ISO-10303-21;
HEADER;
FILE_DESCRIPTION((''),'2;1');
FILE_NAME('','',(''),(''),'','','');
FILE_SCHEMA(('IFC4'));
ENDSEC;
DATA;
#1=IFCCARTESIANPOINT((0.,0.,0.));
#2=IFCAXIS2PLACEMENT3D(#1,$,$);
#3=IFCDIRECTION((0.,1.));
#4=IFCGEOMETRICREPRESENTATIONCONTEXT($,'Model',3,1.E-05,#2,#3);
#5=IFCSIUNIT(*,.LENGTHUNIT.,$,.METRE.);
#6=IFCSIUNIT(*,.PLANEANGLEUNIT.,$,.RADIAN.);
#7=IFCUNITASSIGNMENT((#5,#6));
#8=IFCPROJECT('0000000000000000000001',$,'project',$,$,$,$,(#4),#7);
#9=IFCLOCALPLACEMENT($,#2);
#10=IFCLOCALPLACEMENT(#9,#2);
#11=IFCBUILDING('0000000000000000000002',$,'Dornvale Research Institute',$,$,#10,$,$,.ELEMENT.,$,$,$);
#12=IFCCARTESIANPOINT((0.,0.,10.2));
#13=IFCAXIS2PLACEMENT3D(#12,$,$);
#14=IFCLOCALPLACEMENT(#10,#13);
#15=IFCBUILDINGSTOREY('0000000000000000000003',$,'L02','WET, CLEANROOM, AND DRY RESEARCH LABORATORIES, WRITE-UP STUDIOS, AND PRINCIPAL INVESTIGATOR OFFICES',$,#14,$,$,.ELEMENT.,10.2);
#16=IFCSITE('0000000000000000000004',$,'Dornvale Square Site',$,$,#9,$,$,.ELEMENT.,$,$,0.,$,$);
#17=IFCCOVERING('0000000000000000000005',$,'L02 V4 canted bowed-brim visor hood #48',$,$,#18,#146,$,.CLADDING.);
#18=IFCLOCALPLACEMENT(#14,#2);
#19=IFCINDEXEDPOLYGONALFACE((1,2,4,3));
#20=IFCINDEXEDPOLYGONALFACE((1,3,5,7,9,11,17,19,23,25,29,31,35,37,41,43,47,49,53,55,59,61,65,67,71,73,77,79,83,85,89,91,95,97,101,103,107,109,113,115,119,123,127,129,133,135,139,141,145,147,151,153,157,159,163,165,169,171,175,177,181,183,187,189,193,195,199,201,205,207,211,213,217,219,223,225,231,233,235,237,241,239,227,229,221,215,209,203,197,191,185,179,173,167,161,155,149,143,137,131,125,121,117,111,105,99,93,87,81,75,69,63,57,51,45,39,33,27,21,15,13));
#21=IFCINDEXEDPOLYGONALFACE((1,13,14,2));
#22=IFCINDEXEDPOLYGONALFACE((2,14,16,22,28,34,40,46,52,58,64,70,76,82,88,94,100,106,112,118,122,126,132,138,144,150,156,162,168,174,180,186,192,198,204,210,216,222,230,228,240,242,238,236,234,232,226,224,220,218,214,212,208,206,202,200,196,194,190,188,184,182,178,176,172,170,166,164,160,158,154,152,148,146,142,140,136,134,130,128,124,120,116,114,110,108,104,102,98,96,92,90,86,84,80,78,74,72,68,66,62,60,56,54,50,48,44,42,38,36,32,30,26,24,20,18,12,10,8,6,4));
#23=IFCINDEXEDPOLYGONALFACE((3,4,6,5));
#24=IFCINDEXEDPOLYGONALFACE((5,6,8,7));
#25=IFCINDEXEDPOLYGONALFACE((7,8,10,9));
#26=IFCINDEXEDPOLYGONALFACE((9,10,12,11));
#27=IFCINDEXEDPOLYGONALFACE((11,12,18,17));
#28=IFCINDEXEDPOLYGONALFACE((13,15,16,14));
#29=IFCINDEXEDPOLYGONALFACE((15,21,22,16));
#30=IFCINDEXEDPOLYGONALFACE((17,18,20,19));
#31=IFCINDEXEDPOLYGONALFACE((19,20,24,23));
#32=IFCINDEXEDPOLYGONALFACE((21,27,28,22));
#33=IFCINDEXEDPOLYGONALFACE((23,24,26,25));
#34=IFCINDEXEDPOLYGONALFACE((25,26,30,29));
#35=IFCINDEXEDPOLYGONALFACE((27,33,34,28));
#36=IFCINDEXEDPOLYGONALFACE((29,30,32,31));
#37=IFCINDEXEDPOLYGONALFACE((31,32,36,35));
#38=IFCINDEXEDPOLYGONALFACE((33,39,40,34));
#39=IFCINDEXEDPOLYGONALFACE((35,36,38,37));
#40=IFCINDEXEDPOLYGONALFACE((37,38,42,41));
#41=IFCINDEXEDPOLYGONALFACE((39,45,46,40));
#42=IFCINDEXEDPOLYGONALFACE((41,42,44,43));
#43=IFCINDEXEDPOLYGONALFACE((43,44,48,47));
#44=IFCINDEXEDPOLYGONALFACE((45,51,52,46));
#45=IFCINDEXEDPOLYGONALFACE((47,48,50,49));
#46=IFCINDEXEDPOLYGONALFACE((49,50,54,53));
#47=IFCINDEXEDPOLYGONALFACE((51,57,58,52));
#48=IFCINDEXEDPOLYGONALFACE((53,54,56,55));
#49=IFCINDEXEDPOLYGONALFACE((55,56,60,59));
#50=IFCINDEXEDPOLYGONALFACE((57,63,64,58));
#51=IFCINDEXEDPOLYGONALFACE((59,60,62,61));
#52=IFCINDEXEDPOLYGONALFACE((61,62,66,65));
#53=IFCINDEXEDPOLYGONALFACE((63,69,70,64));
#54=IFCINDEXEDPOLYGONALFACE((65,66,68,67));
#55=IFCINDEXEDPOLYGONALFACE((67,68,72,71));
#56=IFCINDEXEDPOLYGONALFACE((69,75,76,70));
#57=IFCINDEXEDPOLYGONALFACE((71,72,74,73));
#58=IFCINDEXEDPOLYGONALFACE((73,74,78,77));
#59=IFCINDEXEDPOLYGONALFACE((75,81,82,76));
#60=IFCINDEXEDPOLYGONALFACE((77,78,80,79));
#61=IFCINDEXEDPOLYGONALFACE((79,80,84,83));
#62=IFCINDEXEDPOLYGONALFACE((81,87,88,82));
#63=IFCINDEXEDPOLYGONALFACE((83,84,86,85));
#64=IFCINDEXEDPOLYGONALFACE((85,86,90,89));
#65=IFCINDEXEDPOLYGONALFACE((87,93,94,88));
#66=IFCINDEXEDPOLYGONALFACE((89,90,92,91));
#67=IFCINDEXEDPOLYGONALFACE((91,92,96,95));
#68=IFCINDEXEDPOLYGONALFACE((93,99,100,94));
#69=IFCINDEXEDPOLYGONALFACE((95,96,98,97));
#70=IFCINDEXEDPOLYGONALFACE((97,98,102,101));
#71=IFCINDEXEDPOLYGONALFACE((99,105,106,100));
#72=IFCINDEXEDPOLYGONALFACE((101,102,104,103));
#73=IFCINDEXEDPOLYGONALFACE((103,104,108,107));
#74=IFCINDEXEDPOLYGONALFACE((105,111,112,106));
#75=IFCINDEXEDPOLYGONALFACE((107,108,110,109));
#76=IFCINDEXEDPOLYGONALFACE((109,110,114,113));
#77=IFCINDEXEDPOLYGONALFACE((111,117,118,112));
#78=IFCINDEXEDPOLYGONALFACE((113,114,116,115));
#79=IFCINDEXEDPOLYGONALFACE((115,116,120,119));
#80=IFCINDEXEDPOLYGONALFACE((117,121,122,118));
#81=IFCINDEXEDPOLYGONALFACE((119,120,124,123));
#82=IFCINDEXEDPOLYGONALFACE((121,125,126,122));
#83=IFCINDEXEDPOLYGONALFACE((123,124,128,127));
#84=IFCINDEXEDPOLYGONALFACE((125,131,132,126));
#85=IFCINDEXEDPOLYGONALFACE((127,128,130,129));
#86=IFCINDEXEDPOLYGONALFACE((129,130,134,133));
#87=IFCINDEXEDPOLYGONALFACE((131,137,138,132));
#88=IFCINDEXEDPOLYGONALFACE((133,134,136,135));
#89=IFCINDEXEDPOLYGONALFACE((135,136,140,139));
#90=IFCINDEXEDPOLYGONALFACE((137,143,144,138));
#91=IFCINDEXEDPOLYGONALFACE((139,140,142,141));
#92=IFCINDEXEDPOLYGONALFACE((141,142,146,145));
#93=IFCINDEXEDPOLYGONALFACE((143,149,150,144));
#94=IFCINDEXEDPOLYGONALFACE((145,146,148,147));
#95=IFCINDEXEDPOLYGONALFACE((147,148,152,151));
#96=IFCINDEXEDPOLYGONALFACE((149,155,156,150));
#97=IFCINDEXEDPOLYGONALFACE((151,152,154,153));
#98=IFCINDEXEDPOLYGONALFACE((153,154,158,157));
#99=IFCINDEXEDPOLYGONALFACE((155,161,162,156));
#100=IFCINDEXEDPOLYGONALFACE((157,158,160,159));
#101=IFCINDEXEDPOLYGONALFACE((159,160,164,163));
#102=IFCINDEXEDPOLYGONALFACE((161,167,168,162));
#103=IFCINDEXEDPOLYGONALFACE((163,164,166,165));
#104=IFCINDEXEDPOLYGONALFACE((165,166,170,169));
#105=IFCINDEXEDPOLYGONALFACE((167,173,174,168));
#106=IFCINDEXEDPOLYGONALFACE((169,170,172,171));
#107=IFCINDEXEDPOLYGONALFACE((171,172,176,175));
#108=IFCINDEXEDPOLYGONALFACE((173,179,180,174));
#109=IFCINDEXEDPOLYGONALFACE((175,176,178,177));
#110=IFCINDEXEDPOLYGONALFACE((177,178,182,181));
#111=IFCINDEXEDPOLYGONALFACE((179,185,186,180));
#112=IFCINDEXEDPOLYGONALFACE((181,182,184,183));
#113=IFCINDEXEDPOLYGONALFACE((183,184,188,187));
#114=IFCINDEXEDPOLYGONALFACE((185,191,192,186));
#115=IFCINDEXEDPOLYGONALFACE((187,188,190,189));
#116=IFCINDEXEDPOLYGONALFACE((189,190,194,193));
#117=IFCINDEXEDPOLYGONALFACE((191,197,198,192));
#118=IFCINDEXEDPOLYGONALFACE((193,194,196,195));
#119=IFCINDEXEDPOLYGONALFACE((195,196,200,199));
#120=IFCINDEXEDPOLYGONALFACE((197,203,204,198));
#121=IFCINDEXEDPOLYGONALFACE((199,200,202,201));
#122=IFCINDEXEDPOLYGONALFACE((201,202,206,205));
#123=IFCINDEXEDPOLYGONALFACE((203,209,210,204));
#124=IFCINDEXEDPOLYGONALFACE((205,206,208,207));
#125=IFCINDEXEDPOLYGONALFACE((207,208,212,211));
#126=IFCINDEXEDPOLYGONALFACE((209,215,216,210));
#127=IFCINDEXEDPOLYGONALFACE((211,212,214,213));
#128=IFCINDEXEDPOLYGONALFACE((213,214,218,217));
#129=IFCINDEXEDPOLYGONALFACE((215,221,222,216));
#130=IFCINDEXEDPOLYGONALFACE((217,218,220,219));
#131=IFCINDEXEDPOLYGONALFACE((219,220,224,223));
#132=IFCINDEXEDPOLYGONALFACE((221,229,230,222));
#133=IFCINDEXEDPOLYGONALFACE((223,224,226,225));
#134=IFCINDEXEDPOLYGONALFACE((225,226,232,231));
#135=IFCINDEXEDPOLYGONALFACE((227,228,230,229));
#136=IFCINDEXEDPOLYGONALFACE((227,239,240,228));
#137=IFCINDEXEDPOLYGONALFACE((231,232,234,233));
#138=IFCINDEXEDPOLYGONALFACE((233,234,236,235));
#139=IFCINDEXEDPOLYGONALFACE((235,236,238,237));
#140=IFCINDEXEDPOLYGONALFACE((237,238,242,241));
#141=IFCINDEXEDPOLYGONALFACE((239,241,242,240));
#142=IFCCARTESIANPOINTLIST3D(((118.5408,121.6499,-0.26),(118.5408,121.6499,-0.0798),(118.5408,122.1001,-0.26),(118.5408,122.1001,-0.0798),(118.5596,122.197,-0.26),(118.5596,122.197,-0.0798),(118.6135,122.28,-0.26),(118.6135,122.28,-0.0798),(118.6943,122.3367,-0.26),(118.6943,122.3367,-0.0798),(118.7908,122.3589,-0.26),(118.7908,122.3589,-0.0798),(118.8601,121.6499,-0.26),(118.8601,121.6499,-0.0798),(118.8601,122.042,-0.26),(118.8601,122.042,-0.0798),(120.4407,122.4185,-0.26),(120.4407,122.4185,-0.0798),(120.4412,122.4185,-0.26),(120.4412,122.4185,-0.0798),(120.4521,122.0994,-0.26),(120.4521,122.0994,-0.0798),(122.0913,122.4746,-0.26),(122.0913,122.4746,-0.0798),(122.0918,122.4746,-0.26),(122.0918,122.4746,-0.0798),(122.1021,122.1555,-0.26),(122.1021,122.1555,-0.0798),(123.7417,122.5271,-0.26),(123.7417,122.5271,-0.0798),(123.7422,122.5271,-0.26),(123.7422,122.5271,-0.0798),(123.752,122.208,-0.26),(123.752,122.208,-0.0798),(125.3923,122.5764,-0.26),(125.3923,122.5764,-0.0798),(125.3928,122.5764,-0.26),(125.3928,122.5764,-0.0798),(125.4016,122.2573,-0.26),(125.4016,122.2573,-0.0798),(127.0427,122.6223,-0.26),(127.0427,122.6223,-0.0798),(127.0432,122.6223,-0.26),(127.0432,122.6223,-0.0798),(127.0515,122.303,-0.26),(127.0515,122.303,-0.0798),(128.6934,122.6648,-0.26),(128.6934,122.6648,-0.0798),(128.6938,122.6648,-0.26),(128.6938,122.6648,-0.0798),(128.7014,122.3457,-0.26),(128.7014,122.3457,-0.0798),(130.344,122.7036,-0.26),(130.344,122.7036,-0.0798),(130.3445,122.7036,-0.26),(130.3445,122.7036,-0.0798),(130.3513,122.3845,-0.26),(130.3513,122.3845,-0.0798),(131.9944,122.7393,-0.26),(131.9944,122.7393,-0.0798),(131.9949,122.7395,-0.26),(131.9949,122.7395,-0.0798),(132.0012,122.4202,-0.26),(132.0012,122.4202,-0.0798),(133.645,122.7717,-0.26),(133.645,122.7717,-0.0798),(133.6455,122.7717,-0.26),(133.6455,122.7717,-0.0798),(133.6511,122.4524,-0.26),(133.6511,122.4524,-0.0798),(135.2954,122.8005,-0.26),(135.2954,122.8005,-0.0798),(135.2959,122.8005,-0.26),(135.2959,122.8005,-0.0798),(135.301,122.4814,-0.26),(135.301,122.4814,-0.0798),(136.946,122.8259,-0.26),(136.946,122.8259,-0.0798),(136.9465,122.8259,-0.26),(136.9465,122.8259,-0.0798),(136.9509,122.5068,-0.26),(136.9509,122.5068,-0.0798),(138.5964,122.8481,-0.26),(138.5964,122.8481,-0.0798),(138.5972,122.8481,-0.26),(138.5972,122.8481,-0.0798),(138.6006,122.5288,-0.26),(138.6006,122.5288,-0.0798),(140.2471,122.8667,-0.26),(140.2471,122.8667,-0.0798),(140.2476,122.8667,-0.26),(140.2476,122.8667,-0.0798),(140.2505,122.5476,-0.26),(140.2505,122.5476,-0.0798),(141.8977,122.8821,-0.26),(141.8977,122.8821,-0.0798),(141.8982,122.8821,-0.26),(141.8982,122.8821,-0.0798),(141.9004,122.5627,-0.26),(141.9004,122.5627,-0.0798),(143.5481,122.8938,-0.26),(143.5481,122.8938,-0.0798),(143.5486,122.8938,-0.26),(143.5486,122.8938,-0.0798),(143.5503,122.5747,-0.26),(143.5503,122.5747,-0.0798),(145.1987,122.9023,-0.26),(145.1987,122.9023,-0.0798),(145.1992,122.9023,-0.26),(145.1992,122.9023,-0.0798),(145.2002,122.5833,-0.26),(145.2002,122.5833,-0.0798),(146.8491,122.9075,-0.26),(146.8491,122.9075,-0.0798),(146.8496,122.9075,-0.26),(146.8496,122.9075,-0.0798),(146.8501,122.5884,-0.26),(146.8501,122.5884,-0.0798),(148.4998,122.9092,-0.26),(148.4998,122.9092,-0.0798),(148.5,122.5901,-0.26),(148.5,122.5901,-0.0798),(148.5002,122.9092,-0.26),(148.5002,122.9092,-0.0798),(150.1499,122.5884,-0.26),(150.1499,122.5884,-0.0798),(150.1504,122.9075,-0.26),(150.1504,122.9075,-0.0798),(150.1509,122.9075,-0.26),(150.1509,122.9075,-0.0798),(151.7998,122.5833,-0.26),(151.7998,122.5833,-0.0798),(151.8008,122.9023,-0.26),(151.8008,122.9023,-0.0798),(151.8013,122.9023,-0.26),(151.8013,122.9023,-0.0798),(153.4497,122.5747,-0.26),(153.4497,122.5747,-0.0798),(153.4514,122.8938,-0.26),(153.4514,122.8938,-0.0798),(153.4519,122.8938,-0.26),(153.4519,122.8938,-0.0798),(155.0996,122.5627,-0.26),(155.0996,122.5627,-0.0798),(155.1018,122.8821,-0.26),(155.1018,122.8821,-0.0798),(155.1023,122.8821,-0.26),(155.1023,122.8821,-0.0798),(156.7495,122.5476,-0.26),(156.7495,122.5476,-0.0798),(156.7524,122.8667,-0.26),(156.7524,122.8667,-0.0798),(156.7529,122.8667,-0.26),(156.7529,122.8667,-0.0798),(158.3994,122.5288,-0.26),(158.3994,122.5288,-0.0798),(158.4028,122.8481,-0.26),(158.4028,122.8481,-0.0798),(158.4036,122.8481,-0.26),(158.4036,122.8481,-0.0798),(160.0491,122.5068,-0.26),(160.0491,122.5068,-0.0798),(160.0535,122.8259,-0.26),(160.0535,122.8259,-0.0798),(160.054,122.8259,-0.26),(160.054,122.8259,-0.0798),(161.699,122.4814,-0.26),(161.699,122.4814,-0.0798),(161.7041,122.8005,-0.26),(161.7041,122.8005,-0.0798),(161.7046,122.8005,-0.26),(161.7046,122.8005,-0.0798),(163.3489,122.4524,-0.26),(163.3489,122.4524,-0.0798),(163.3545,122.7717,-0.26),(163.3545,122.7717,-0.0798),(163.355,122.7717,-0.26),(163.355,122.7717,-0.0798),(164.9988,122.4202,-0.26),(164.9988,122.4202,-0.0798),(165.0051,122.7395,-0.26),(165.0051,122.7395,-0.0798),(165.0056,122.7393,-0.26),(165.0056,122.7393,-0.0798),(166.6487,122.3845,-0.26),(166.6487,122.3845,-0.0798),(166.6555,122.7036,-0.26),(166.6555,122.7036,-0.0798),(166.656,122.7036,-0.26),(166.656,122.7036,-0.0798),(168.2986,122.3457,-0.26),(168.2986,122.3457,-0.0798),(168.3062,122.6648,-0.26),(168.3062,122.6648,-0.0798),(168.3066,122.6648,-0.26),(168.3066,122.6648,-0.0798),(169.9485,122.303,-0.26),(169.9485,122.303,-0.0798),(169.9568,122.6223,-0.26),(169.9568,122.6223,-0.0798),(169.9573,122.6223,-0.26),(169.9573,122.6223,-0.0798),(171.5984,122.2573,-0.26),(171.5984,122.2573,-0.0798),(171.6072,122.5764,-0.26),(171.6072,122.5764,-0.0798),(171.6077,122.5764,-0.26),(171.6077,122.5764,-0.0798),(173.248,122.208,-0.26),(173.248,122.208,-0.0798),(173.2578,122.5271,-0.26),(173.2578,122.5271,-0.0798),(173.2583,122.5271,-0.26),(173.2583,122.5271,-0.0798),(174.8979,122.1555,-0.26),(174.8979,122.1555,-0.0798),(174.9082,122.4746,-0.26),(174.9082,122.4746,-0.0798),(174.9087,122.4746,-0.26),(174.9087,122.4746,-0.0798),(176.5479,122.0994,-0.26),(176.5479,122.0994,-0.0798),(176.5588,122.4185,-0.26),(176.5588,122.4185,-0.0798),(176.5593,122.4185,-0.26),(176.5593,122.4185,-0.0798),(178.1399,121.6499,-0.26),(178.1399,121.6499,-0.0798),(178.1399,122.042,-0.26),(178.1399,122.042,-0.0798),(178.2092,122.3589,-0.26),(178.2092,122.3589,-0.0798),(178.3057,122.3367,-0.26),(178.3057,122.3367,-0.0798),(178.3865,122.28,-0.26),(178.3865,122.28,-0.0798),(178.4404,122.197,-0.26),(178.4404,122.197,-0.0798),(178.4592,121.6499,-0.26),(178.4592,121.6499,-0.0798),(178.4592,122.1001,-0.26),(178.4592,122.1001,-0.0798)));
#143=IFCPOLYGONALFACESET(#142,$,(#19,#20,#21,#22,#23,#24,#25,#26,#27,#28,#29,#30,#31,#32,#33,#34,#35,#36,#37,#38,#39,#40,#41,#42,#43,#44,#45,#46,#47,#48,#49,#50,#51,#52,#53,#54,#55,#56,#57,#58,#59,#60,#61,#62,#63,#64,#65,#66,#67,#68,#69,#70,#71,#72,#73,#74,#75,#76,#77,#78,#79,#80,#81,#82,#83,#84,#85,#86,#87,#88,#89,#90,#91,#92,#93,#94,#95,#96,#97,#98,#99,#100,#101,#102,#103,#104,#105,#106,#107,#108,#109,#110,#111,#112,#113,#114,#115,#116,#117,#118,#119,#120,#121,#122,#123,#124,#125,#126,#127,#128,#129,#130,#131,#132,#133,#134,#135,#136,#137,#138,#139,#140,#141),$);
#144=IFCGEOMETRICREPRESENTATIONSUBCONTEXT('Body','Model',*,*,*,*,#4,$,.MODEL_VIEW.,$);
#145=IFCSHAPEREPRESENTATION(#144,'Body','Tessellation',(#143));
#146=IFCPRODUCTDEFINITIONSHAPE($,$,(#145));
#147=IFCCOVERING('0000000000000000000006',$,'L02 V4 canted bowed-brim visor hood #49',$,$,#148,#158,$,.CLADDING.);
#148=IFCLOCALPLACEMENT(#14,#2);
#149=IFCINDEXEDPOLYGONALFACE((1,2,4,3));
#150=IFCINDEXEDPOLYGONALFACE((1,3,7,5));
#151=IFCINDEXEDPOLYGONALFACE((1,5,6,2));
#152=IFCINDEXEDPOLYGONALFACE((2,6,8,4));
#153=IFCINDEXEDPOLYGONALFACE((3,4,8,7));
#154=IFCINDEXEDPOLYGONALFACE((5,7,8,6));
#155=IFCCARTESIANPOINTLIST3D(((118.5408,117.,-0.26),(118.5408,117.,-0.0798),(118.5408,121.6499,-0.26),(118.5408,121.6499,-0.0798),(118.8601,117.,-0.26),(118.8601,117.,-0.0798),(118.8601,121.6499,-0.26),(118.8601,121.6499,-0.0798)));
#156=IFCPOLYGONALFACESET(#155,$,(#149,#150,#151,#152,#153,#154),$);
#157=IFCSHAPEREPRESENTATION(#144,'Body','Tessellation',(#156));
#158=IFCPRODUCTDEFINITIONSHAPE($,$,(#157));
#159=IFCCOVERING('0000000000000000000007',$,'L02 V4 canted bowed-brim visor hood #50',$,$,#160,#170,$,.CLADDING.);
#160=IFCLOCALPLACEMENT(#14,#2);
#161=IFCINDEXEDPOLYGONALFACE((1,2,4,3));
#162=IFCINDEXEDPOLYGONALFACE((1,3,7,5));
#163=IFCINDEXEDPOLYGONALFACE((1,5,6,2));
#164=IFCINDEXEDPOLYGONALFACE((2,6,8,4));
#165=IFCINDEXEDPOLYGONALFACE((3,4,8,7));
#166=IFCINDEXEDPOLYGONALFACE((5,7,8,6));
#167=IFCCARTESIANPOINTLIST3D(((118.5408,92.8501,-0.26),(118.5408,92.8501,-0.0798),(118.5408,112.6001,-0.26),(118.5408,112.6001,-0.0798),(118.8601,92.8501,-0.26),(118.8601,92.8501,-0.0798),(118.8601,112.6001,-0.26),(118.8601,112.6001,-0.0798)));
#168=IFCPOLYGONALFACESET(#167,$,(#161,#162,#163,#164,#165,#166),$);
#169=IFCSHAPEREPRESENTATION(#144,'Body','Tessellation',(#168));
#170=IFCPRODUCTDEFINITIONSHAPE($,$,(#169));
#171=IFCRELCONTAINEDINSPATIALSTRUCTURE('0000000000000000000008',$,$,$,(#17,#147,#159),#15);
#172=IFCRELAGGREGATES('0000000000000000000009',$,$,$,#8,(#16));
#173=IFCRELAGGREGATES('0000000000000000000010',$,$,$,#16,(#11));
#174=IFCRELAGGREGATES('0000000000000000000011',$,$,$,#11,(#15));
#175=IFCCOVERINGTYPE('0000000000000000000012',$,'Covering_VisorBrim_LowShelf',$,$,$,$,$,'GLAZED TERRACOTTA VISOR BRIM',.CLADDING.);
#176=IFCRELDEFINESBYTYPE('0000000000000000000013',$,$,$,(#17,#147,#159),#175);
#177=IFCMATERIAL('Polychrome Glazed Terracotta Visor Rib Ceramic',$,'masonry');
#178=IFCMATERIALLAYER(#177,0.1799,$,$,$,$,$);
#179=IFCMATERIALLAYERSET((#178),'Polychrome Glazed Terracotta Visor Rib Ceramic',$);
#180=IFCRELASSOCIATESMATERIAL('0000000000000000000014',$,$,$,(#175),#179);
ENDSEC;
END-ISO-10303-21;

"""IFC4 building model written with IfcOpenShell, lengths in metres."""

from ifc_helpers import new_model, si_unit, direction, frame, origin, place, context, subcontext, project, spatial, polyline, outline, extrude, material, layer, layer_set, type_object, element, save


model = new_model("IFC4")

# Units and contexts
model_context = context("Model", 3, precision=1e-05, world=origin(), true_north=direction((0.0, 1.0)))
body_context = subcontext(model_context, "Body", "Model", "MODEL_VIEW")
ifc_project = project(units=[si_unit("LENGTHUNIT", "METRE"), si_unit("PLANEANGLEUNIT", "RADIAN")], contexts=[model_context])

# Site, building, storey
site_placement = place(None, origin())
site = spatial("IfcSite", under=ifc_project, at=site_placement, Name="Dornvale Square Site", CompositionType="ELEMENT", RefElevation=0.0)
building_placement = place(site_placement, origin())
building = spatial("IfcBuilding", under=site, at=building_placement, Name="Dornvale Research Institute", CompositionType="ELEMENT")
storey_placement = place(building_placement, frame((0.0, 0.0, 10.2)))
storey = spatial("IfcBuildingStorey", under=building, at=storey_placement, Name="L02", Description="WET, CLEANROOM, AND DRY RESEARCH LABORATORIES, WRITE-UP STUDIOS, AND PRINCIPAL INVESTIGATOR OFFICES", CompositionType="ELEMENT", Elevation=10.2)

# Coverings
ifc_material_1 = material(Name="Polychrome Glazed Terracotta Visor Rib Ceramic", Category="masonry")
ifc_layer_1 = layer(ifc_material_1, 0.1799)
ifc_layer_set_1 = layer_set([ifc_layer_1], Name="Polychrome Glazed Terracotta Visor Rib Ceramic")
covering_type_1 = type_object("IfcCoveringType", Name="Covering_VisorBrim_LowShelf", ElementType="GLAZED TERRACOTTA VISOR BRIM", PredefinedType="CLADDING", material=ifc_layer_set_1)
covering_1_placement = place(storey_placement, frame((0.0, 0.0, -0.26)))
element("IfcCovering", 1, at=covering_1_placement, inside=storey, type_object=covering_type_1, Name="L02 V4 canted bowed-brim visor hood #48", PredefinedType="CLADDING", context=body_context, shape_type="SweptSolid", body=[
    extrude(outline(polyline([(120.4412, 122.4185), (122.0913, 122.4746), (122.0918, 122.4746), (123.7417, 122.5271), (123.7422, 122.5271), (125.3923, 122.5764), (125.3928, 122.5764), (127.0427, 122.6223), (127.0432, 122.6223), (128.6934, 122.6648), (128.6938, 122.6648), (130.344, 122.7036), (130.3445, 122.7036), (131.9944, 122.7393), (131.9949, 122.7395), (133.645, 122.7717), (133.6455, 122.7717), (135.2954, 122.8005), (135.2959, 122.8005), (136.946, 122.8259), (136.9465, 122.8259), (138.5964, 122.8481), (138.5972, 122.8481), (140.2471, 122.8667), (140.2476, 122.8667), (141.8977, 122.8821), (141.8982, 122.8821), (143.5481, 122.8938), (143.5486, 122.8938), (145.1987, 122.9023), (145.1992, 122.9023), (146.8491, 122.9075), (146.8496, 122.9075), (148.4998, 122.9092), (148.5002, 122.9092), (150.1504, 122.9075), (150.1509, 122.9075), (151.8008, 122.9023), (151.8013, 122.9023), (153.4514, 122.8938), (153.4519, 122.8938), (155.1018, 122.8821), (155.1023, 122.8821), (156.7524, 122.8667), (156.7529, 122.8667), (158.4028, 122.8481), (158.4036, 122.8481), (160.0535, 122.8259), (160.054, 122.8259), (161.7041, 122.8005), (161.7046, 122.8005), (163.3545, 122.7717), (163.355, 122.7717), (165.0051, 122.7395), (165.0056, 122.7393), (166.6555, 122.7036), (166.656, 122.7036), (168.3062, 122.6648), (168.3066, 122.6648), (169.9568, 122.6223), (169.9573, 122.6223), (171.6072, 122.5764), (171.6077, 122.5764), (173.2578, 122.5271), (173.2583, 122.5271), (174.9082, 122.4746), (174.9087, 122.4746), (176.5588, 122.4185), (176.5593, 122.4185), (178.2092, 122.3589), (178.3057, 122.3367), (178.3865, 122.28), (178.4404, 122.197), (178.4592, 122.1001), (178.4592, 121.6499), (178.1399, 121.6499), (178.1399, 122.042), (176.5479, 122.0994), (174.8979, 122.1555), (173.248, 122.208), (171.5984, 122.2573), (169.9485, 122.303), (168.2986, 122.3457), (166.6487, 122.3845), (164.9988, 122.4202), (163.3489, 122.4524), (161.699, 122.4814), (160.0491, 122.5068), (158.3994, 122.5288), (156.7495, 122.5476), (155.0996, 122.5627), (153.4497, 122.5747), (151.7998, 122.5833), (150.1499, 122.5884), (148.5, 122.5901), (146.8501, 122.5884), (145.2002, 122.5833), (143.5503, 122.5747), (141.9004, 122.5627), (140.2505, 122.5476), (138.6006, 122.5288), (136.9509, 122.5068), (135.301, 122.4814), (133.6511, 122.4524), (132.0012, 122.4202), (130.3513, 122.3845), (128.7014, 122.3457), (127.0515, 122.303), (125.4016, 122.2573), (123.752, 122.208), (122.1021, 122.1555), (120.4521, 122.0994), (118.8601, 122.042), (118.8601, 121.6499), (118.5408, 121.6499), (118.5408, 122.1001), (118.5596, 122.197), (118.6135, 122.28), (118.6943, 122.3367), (118.7908, 122.3589), (120.4407, 122.4185), (120.4412, 122.4185)])), origin(), (0.0, 0.0, 1.0), 0.1802),
])
covering_2_placement = place(storey_placement, frame((0.0, 0.0, -0.26)))
element("IfcCovering", 2, at=covering_2_placement, inside=storey, type_object=covering_type_1, Name="L02 V4 canted bowed-brim visor hood #49", PredefinedType="CLADDING", context=body_context, shape_type="SweptSolid", body=[
    extrude(outline(polyline([(118.8601, 117.0), (118.5408, 117.0), (118.5408, 121.6499), (118.8601, 121.6499), (118.8601, 117.0)])), origin(), (0.0, 0.0, 1.0), 0.1802),
])
covering_3_placement = place(storey_placement, frame((0.0, 0.0, -0.26)))
element("IfcCovering", 3, at=covering_3_placement, inside=storey, type_object=covering_type_1, Name="L02 V4 canted bowed-brim visor hood #50", PredefinedType="CLADDING", context=body_context, shape_type="SweptSolid", body=[
    extrude(outline(polyline([(118.5408, 112.6001), (118.8601, 112.6001), (118.8601, 92.8501), (118.5408, 92.8501), (118.5408, 112.6001)])), origin(), (0.0, 0.0, 1.0), 0.1802),
])

save(model, "model.ifc")
